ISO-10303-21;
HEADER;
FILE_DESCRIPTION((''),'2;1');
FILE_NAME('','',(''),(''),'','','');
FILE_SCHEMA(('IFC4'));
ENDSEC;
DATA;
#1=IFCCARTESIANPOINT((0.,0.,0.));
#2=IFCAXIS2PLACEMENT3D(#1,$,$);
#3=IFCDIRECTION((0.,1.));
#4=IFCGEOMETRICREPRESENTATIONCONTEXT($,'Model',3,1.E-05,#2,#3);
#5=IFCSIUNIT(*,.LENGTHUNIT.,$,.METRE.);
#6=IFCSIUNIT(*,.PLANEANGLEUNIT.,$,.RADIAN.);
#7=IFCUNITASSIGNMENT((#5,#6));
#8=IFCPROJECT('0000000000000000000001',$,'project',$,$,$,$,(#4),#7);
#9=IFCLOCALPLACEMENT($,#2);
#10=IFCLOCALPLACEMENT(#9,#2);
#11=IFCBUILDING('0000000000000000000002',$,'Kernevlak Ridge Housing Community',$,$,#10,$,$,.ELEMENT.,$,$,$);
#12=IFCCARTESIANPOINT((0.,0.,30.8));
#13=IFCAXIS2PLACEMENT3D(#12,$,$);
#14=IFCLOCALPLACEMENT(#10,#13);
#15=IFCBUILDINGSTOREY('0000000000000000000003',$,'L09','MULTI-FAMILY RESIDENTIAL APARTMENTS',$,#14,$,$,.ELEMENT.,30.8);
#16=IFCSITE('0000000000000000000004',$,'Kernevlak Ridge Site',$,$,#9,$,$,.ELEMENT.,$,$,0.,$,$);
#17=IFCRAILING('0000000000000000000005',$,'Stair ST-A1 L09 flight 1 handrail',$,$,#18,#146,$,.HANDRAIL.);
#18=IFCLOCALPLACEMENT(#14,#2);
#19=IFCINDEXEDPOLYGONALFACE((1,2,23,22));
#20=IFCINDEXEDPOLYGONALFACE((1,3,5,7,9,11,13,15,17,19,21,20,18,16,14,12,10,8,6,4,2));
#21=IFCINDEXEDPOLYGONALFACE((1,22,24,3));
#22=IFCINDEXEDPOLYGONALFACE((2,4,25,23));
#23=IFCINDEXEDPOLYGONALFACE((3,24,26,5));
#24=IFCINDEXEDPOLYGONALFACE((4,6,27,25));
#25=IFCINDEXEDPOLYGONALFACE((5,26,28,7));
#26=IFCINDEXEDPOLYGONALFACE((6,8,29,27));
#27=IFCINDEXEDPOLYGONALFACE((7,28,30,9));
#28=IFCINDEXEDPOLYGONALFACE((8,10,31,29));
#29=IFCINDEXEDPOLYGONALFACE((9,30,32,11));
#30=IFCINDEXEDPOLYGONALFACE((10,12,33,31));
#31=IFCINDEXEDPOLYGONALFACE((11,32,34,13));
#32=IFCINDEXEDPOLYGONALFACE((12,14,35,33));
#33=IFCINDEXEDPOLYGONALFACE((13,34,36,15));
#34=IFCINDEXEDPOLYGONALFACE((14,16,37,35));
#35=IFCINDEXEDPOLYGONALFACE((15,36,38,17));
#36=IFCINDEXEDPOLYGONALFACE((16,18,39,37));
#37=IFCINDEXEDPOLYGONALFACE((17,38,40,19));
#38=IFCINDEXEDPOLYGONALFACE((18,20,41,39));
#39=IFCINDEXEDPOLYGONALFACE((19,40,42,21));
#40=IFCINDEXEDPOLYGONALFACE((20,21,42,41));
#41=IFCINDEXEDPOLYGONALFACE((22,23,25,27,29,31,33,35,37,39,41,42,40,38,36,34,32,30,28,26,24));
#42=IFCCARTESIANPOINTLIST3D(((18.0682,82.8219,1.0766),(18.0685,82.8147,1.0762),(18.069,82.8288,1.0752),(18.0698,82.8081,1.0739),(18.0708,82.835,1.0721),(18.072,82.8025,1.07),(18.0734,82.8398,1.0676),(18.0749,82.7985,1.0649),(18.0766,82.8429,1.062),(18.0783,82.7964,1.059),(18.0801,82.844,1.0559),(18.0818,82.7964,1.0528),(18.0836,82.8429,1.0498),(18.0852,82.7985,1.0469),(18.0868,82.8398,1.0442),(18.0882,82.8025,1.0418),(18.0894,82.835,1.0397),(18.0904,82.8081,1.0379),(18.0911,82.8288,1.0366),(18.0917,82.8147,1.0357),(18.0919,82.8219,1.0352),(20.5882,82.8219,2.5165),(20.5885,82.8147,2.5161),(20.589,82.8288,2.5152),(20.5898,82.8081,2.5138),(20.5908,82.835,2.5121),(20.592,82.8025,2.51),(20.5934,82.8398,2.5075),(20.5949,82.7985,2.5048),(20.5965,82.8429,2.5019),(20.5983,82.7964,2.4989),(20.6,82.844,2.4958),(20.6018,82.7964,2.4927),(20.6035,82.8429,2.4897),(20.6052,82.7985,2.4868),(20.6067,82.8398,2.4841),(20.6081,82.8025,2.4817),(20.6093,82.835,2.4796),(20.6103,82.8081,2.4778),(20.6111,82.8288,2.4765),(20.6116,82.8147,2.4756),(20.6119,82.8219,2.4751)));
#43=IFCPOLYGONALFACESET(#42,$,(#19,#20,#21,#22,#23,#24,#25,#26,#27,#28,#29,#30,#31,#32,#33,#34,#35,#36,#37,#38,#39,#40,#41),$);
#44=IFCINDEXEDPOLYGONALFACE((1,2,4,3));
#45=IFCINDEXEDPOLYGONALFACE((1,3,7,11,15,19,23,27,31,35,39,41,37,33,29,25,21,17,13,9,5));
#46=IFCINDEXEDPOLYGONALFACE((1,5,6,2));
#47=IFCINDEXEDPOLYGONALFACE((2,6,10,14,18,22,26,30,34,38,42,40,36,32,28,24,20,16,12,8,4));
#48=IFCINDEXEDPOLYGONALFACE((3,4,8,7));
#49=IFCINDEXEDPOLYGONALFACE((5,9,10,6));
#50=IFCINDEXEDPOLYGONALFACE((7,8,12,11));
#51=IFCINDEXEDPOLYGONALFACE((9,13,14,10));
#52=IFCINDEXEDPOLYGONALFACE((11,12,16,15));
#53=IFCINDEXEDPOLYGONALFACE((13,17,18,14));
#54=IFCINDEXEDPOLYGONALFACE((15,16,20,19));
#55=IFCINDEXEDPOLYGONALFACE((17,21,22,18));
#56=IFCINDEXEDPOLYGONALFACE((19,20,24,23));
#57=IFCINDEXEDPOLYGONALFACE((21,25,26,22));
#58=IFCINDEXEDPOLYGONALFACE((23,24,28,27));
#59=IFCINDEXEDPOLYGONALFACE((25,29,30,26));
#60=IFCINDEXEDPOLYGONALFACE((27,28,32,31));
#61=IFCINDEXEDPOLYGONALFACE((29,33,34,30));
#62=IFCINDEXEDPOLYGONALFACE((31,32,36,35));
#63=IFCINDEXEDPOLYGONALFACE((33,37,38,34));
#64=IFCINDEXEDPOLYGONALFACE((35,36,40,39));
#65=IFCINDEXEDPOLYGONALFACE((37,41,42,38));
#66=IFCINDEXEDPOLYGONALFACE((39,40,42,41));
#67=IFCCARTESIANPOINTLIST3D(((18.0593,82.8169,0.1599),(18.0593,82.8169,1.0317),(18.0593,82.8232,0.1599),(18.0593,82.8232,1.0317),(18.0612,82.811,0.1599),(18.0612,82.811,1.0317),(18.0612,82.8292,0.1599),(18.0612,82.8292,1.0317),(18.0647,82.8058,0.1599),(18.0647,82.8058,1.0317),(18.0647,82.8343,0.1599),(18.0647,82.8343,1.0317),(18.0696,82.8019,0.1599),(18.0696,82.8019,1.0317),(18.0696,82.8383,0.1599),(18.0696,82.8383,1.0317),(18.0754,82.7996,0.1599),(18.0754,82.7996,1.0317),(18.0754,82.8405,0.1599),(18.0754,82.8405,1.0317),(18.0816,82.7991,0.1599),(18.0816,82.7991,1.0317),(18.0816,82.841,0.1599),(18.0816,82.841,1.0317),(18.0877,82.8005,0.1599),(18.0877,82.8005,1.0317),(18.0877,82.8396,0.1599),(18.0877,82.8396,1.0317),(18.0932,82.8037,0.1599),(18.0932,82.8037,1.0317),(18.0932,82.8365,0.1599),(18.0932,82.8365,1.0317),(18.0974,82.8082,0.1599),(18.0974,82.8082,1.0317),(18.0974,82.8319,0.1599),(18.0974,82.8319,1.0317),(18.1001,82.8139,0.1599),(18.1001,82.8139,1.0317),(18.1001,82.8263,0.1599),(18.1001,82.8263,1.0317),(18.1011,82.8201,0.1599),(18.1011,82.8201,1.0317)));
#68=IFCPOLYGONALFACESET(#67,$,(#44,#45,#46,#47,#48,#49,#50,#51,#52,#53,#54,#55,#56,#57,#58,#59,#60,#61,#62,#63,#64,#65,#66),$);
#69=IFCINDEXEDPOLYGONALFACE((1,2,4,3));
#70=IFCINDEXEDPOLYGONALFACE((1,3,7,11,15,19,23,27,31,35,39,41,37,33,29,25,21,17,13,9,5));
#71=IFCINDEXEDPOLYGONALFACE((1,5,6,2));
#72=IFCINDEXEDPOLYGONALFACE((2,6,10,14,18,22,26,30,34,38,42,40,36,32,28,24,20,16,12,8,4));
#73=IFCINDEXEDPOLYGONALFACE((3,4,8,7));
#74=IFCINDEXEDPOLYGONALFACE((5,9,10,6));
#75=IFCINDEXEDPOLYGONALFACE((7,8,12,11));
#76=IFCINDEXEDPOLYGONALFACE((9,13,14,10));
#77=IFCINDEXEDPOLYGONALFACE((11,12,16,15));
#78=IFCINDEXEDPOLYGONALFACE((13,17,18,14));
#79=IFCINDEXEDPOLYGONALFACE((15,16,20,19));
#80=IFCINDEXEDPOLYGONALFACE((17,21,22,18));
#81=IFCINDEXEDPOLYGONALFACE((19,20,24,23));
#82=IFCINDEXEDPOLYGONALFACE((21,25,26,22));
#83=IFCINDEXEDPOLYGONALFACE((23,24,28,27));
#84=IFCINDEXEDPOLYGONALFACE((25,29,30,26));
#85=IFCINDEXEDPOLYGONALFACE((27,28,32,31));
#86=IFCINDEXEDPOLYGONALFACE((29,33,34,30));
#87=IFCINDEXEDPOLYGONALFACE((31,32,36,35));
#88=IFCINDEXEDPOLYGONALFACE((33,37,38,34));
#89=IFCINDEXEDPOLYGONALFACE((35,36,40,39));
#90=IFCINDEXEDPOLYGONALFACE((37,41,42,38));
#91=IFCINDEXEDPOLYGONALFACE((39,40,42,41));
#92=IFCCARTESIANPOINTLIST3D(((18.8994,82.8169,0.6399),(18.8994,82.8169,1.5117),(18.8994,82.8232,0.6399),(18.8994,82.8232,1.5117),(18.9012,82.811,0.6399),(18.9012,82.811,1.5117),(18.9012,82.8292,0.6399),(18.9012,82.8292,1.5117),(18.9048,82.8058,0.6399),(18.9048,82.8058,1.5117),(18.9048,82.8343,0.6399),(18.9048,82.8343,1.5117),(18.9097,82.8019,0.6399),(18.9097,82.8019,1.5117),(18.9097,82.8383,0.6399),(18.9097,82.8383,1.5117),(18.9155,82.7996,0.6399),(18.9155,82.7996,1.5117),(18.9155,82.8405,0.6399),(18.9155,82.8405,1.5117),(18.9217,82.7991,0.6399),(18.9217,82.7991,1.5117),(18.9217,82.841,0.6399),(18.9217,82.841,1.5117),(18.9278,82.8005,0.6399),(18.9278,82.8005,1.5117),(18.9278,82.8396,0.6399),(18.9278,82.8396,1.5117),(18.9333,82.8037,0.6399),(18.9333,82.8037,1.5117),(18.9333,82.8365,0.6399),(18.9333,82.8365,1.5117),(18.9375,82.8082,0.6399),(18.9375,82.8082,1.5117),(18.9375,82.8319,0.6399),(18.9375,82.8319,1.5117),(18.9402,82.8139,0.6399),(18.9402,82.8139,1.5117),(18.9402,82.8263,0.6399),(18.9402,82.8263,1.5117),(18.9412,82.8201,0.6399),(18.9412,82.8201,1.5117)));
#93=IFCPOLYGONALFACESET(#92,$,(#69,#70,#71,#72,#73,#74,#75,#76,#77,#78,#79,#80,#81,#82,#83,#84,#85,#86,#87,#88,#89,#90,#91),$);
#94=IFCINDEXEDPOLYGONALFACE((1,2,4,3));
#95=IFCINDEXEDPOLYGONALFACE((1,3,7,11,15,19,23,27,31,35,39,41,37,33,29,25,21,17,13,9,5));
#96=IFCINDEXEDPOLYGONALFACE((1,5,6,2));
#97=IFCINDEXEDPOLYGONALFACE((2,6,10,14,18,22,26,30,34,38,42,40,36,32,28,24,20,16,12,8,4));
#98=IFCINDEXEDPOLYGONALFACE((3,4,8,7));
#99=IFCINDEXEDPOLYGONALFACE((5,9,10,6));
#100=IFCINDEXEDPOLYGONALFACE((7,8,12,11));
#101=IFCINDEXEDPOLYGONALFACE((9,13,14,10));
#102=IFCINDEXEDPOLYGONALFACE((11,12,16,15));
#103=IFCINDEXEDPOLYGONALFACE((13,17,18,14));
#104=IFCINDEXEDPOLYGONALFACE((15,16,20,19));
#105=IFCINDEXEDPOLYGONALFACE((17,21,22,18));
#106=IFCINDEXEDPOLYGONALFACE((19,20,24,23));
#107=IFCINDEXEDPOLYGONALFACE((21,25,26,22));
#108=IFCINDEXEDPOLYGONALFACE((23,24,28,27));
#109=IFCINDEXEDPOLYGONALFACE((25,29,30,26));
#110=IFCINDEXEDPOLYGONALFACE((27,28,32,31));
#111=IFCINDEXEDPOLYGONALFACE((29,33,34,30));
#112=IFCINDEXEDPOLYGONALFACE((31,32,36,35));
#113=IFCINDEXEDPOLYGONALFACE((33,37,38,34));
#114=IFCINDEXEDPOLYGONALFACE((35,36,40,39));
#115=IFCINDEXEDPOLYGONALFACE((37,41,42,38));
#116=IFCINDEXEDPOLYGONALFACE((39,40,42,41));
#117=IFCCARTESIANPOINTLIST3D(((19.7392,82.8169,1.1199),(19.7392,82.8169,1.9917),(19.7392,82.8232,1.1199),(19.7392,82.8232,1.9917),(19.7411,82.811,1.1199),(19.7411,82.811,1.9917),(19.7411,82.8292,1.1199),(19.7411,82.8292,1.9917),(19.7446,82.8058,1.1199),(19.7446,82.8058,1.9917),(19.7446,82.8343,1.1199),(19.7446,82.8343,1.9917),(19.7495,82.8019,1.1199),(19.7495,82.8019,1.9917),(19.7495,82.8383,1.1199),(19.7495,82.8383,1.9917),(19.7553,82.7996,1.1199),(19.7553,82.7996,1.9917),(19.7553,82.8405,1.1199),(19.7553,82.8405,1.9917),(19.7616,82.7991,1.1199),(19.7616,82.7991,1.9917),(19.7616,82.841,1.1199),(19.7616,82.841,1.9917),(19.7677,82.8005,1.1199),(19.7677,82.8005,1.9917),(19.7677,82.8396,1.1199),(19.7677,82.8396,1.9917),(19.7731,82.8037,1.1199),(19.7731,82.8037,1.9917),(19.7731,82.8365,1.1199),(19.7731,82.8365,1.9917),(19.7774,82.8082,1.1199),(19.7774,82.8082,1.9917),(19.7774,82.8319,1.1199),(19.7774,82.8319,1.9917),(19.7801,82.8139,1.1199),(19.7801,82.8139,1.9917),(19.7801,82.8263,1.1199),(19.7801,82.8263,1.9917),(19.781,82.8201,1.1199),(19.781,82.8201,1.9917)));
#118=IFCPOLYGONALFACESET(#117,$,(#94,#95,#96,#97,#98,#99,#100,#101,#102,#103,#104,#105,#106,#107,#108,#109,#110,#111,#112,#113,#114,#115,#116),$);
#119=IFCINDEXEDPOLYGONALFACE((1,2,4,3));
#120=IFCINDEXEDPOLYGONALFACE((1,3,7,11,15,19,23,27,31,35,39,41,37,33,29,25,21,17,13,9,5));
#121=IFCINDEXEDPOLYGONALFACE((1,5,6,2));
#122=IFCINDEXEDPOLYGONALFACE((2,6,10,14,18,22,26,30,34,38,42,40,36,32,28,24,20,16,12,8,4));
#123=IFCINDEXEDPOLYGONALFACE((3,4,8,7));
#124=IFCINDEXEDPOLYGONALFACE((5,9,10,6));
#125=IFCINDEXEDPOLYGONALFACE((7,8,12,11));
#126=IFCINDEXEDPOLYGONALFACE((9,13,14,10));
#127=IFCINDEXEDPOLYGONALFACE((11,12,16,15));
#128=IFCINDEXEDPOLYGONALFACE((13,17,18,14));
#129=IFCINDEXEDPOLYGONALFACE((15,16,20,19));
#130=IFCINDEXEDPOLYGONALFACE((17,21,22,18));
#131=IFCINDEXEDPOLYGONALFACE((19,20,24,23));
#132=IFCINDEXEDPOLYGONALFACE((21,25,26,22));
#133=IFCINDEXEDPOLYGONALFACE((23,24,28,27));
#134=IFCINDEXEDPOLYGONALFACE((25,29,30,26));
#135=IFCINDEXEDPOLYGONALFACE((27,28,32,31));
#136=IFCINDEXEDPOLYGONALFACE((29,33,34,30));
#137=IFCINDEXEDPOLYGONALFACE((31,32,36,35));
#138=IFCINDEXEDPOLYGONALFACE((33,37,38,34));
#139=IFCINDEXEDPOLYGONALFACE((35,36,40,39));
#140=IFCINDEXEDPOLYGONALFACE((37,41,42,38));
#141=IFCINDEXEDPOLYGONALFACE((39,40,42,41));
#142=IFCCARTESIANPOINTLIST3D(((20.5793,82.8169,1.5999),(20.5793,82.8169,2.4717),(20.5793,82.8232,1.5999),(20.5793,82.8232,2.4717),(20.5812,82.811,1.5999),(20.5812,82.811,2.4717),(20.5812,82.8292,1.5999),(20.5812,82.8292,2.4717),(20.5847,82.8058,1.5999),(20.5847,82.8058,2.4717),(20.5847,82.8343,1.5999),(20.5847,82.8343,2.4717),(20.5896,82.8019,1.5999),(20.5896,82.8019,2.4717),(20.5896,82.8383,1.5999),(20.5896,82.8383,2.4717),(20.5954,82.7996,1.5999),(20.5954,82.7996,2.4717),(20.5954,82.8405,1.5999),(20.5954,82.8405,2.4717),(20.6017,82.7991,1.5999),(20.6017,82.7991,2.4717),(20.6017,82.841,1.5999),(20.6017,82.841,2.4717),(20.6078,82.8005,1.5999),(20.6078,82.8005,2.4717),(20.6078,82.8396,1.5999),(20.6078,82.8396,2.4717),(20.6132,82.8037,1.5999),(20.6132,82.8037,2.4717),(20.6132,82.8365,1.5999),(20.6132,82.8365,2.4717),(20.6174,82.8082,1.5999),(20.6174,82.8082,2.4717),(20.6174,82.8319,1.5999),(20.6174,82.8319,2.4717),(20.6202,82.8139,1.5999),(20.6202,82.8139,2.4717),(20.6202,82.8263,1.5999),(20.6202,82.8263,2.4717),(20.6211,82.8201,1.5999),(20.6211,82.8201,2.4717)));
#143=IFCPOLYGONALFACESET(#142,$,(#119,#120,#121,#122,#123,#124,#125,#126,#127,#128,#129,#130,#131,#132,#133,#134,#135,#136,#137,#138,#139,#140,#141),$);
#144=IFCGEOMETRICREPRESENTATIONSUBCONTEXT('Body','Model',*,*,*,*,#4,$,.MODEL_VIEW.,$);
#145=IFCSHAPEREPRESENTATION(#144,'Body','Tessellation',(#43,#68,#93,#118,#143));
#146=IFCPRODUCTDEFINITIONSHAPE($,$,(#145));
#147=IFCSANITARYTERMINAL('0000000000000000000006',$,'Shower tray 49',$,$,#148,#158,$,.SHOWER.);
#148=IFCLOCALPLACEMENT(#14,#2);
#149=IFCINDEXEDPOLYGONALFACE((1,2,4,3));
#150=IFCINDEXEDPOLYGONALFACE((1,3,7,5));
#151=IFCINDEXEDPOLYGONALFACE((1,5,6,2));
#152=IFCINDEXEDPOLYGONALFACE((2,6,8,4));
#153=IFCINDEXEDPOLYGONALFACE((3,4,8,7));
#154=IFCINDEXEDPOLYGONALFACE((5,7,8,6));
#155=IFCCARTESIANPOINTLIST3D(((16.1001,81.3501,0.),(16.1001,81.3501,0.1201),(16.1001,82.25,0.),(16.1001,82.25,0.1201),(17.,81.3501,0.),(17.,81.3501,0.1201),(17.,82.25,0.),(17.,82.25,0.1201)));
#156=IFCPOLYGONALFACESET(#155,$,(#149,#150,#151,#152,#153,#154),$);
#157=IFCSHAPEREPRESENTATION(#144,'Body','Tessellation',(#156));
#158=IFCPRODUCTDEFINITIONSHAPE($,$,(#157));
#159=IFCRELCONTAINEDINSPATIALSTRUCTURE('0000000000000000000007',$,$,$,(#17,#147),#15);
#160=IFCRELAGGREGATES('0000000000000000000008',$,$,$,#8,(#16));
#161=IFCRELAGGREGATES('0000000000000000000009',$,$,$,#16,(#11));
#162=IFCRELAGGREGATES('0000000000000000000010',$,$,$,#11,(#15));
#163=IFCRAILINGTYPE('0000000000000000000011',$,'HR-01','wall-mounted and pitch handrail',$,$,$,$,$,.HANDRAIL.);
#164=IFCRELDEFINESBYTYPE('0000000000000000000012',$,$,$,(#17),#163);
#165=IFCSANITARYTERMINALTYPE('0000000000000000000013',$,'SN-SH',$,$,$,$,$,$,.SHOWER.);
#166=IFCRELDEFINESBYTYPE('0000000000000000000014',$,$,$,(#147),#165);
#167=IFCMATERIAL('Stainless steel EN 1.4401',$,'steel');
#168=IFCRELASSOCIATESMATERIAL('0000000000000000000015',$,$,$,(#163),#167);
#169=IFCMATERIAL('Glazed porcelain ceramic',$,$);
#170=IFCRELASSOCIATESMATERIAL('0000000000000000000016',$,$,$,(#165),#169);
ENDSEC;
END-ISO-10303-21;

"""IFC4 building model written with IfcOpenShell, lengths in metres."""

from ifc_helpers import new_model, si_unit, direction, frame, origin, origin_2d, place, context, subcontext, project, spatial, rectangle, circle, extrude, material, type_object, element, save


model = new_model("IFC4")

# Units and contexts
model_context = context("Model", 3, precision=1e-05, world=origin(), true_north=direction((0.0, 1.0)))
body_context = subcontext(model_context, "Body", "Model", "MODEL_VIEW")
ifc_project = project(units=[si_unit("LENGTHUNIT", "METRE"), si_unit("PLANEANGLEUNIT", "RADIAN")], contexts=[model_context])

# Site, building, storey
site_placement = place(None, origin())
site = spatial("IfcSite", under=ifc_project, at=site_placement, Name="Kernevlak Ridge Site", CompositionType="ELEMENT", RefElevation=0.0)
building_placement = place(site_placement, origin())
building = spatial("IfcBuilding", under=site, at=building_placement, Name="Kernevlak Ridge Housing Community", CompositionType="ELEMENT")
storey_placement = place(building_placement, frame((0.0, 0.0, 30.8)))
storey = spatial("IfcBuildingStorey", under=building, at=storey_placement, Name="L09", Description="MULTI-FAMILY RESIDENTIAL APARTMENTS", CompositionType="ELEMENT", Elevation=30.8)

# Shared definitions
ifc_material_1 = material(Name="Stainless steel EN 1.4401", Category="steel")

# Railing
railing_type_1 = type_object("IfcRailingType", Name="HR-01", Description="wall-mounted and pitch handrail", PredefinedType="HANDRAIL", material=ifc_material_1)
railing_1_placement = place(storey_placement, frame((18.0801, 82.8201, 0.1599)))
element("IfcRailing", 1, at=railing_1_placement, inside=storey, type_object=railing_type_1, Name="Stair ST-A1 L09 flight 1 handrail", PredefinedType="HANDRAIL", context=body_context, shape_type="SweptSolid", body=[
    extrude(circle(Radius=0.0239, at=origin_2d()), frame((0.0, 0.0, 0.896), z_axis=(0.868253, 0.0, 0.496121), x_axis=(0.0, 1.0, 0.0)), (0.0, 0.0, 1.0), 2.9023),
    extrude(circle(Radius=0.021, at=origin_2d()), origin(), (0.0, 0.0, 1.0), 0.8718),
    extrude(circle(Radius=0.021, at=origin_2d()), frame((0.8401, 0.0, 0.48)), (0.0, 0.0, 1.0), 0.8718),
    extrude(circle(Radius=0.021, at=origin_2d()), frame((1.6799, 0.0, 0.96)), (0.0, 0.0, 1.0), 0.8718),
    extrude(circle(Radius=0.021, at=origin_2d()), frame((2.52, 0.0, 1.4399)), (0.0, 0.0, 1.0), 0.8718),
])

# Sanitary terminal
ifc_material_2 = material(Name="Glazed porcelain ceramic")
sanitary_terminal_type = type_object("IfcSanitaryTerminalType", Name="SN-SH", PredefinedType="SHOWER", material=ifc_material_2)
sanitary_terminal_placement = place(storey_placement, frame((16.55, 81.8, 0.0), z_axis=(0.0, 0.0, 1.0), x_axis=(1.0, 0.0, 0.0)))
element("IfcSanitaryTerminal", 2, at=sanitary_terminal_placement, inside=storey, type_object=sanitary_terminal_type, Name="Shower tray 49", PredefinedType="SHOWER", context=body_context, shape_type="SweptSolid", body=[
    extrude(rectangle(XDim=0.8999, YDim=0.8999, at=origin_2d()), origin(), (0.0, 0.0, 1.0), 0.1201),
])

save(model, "model.ifc")
